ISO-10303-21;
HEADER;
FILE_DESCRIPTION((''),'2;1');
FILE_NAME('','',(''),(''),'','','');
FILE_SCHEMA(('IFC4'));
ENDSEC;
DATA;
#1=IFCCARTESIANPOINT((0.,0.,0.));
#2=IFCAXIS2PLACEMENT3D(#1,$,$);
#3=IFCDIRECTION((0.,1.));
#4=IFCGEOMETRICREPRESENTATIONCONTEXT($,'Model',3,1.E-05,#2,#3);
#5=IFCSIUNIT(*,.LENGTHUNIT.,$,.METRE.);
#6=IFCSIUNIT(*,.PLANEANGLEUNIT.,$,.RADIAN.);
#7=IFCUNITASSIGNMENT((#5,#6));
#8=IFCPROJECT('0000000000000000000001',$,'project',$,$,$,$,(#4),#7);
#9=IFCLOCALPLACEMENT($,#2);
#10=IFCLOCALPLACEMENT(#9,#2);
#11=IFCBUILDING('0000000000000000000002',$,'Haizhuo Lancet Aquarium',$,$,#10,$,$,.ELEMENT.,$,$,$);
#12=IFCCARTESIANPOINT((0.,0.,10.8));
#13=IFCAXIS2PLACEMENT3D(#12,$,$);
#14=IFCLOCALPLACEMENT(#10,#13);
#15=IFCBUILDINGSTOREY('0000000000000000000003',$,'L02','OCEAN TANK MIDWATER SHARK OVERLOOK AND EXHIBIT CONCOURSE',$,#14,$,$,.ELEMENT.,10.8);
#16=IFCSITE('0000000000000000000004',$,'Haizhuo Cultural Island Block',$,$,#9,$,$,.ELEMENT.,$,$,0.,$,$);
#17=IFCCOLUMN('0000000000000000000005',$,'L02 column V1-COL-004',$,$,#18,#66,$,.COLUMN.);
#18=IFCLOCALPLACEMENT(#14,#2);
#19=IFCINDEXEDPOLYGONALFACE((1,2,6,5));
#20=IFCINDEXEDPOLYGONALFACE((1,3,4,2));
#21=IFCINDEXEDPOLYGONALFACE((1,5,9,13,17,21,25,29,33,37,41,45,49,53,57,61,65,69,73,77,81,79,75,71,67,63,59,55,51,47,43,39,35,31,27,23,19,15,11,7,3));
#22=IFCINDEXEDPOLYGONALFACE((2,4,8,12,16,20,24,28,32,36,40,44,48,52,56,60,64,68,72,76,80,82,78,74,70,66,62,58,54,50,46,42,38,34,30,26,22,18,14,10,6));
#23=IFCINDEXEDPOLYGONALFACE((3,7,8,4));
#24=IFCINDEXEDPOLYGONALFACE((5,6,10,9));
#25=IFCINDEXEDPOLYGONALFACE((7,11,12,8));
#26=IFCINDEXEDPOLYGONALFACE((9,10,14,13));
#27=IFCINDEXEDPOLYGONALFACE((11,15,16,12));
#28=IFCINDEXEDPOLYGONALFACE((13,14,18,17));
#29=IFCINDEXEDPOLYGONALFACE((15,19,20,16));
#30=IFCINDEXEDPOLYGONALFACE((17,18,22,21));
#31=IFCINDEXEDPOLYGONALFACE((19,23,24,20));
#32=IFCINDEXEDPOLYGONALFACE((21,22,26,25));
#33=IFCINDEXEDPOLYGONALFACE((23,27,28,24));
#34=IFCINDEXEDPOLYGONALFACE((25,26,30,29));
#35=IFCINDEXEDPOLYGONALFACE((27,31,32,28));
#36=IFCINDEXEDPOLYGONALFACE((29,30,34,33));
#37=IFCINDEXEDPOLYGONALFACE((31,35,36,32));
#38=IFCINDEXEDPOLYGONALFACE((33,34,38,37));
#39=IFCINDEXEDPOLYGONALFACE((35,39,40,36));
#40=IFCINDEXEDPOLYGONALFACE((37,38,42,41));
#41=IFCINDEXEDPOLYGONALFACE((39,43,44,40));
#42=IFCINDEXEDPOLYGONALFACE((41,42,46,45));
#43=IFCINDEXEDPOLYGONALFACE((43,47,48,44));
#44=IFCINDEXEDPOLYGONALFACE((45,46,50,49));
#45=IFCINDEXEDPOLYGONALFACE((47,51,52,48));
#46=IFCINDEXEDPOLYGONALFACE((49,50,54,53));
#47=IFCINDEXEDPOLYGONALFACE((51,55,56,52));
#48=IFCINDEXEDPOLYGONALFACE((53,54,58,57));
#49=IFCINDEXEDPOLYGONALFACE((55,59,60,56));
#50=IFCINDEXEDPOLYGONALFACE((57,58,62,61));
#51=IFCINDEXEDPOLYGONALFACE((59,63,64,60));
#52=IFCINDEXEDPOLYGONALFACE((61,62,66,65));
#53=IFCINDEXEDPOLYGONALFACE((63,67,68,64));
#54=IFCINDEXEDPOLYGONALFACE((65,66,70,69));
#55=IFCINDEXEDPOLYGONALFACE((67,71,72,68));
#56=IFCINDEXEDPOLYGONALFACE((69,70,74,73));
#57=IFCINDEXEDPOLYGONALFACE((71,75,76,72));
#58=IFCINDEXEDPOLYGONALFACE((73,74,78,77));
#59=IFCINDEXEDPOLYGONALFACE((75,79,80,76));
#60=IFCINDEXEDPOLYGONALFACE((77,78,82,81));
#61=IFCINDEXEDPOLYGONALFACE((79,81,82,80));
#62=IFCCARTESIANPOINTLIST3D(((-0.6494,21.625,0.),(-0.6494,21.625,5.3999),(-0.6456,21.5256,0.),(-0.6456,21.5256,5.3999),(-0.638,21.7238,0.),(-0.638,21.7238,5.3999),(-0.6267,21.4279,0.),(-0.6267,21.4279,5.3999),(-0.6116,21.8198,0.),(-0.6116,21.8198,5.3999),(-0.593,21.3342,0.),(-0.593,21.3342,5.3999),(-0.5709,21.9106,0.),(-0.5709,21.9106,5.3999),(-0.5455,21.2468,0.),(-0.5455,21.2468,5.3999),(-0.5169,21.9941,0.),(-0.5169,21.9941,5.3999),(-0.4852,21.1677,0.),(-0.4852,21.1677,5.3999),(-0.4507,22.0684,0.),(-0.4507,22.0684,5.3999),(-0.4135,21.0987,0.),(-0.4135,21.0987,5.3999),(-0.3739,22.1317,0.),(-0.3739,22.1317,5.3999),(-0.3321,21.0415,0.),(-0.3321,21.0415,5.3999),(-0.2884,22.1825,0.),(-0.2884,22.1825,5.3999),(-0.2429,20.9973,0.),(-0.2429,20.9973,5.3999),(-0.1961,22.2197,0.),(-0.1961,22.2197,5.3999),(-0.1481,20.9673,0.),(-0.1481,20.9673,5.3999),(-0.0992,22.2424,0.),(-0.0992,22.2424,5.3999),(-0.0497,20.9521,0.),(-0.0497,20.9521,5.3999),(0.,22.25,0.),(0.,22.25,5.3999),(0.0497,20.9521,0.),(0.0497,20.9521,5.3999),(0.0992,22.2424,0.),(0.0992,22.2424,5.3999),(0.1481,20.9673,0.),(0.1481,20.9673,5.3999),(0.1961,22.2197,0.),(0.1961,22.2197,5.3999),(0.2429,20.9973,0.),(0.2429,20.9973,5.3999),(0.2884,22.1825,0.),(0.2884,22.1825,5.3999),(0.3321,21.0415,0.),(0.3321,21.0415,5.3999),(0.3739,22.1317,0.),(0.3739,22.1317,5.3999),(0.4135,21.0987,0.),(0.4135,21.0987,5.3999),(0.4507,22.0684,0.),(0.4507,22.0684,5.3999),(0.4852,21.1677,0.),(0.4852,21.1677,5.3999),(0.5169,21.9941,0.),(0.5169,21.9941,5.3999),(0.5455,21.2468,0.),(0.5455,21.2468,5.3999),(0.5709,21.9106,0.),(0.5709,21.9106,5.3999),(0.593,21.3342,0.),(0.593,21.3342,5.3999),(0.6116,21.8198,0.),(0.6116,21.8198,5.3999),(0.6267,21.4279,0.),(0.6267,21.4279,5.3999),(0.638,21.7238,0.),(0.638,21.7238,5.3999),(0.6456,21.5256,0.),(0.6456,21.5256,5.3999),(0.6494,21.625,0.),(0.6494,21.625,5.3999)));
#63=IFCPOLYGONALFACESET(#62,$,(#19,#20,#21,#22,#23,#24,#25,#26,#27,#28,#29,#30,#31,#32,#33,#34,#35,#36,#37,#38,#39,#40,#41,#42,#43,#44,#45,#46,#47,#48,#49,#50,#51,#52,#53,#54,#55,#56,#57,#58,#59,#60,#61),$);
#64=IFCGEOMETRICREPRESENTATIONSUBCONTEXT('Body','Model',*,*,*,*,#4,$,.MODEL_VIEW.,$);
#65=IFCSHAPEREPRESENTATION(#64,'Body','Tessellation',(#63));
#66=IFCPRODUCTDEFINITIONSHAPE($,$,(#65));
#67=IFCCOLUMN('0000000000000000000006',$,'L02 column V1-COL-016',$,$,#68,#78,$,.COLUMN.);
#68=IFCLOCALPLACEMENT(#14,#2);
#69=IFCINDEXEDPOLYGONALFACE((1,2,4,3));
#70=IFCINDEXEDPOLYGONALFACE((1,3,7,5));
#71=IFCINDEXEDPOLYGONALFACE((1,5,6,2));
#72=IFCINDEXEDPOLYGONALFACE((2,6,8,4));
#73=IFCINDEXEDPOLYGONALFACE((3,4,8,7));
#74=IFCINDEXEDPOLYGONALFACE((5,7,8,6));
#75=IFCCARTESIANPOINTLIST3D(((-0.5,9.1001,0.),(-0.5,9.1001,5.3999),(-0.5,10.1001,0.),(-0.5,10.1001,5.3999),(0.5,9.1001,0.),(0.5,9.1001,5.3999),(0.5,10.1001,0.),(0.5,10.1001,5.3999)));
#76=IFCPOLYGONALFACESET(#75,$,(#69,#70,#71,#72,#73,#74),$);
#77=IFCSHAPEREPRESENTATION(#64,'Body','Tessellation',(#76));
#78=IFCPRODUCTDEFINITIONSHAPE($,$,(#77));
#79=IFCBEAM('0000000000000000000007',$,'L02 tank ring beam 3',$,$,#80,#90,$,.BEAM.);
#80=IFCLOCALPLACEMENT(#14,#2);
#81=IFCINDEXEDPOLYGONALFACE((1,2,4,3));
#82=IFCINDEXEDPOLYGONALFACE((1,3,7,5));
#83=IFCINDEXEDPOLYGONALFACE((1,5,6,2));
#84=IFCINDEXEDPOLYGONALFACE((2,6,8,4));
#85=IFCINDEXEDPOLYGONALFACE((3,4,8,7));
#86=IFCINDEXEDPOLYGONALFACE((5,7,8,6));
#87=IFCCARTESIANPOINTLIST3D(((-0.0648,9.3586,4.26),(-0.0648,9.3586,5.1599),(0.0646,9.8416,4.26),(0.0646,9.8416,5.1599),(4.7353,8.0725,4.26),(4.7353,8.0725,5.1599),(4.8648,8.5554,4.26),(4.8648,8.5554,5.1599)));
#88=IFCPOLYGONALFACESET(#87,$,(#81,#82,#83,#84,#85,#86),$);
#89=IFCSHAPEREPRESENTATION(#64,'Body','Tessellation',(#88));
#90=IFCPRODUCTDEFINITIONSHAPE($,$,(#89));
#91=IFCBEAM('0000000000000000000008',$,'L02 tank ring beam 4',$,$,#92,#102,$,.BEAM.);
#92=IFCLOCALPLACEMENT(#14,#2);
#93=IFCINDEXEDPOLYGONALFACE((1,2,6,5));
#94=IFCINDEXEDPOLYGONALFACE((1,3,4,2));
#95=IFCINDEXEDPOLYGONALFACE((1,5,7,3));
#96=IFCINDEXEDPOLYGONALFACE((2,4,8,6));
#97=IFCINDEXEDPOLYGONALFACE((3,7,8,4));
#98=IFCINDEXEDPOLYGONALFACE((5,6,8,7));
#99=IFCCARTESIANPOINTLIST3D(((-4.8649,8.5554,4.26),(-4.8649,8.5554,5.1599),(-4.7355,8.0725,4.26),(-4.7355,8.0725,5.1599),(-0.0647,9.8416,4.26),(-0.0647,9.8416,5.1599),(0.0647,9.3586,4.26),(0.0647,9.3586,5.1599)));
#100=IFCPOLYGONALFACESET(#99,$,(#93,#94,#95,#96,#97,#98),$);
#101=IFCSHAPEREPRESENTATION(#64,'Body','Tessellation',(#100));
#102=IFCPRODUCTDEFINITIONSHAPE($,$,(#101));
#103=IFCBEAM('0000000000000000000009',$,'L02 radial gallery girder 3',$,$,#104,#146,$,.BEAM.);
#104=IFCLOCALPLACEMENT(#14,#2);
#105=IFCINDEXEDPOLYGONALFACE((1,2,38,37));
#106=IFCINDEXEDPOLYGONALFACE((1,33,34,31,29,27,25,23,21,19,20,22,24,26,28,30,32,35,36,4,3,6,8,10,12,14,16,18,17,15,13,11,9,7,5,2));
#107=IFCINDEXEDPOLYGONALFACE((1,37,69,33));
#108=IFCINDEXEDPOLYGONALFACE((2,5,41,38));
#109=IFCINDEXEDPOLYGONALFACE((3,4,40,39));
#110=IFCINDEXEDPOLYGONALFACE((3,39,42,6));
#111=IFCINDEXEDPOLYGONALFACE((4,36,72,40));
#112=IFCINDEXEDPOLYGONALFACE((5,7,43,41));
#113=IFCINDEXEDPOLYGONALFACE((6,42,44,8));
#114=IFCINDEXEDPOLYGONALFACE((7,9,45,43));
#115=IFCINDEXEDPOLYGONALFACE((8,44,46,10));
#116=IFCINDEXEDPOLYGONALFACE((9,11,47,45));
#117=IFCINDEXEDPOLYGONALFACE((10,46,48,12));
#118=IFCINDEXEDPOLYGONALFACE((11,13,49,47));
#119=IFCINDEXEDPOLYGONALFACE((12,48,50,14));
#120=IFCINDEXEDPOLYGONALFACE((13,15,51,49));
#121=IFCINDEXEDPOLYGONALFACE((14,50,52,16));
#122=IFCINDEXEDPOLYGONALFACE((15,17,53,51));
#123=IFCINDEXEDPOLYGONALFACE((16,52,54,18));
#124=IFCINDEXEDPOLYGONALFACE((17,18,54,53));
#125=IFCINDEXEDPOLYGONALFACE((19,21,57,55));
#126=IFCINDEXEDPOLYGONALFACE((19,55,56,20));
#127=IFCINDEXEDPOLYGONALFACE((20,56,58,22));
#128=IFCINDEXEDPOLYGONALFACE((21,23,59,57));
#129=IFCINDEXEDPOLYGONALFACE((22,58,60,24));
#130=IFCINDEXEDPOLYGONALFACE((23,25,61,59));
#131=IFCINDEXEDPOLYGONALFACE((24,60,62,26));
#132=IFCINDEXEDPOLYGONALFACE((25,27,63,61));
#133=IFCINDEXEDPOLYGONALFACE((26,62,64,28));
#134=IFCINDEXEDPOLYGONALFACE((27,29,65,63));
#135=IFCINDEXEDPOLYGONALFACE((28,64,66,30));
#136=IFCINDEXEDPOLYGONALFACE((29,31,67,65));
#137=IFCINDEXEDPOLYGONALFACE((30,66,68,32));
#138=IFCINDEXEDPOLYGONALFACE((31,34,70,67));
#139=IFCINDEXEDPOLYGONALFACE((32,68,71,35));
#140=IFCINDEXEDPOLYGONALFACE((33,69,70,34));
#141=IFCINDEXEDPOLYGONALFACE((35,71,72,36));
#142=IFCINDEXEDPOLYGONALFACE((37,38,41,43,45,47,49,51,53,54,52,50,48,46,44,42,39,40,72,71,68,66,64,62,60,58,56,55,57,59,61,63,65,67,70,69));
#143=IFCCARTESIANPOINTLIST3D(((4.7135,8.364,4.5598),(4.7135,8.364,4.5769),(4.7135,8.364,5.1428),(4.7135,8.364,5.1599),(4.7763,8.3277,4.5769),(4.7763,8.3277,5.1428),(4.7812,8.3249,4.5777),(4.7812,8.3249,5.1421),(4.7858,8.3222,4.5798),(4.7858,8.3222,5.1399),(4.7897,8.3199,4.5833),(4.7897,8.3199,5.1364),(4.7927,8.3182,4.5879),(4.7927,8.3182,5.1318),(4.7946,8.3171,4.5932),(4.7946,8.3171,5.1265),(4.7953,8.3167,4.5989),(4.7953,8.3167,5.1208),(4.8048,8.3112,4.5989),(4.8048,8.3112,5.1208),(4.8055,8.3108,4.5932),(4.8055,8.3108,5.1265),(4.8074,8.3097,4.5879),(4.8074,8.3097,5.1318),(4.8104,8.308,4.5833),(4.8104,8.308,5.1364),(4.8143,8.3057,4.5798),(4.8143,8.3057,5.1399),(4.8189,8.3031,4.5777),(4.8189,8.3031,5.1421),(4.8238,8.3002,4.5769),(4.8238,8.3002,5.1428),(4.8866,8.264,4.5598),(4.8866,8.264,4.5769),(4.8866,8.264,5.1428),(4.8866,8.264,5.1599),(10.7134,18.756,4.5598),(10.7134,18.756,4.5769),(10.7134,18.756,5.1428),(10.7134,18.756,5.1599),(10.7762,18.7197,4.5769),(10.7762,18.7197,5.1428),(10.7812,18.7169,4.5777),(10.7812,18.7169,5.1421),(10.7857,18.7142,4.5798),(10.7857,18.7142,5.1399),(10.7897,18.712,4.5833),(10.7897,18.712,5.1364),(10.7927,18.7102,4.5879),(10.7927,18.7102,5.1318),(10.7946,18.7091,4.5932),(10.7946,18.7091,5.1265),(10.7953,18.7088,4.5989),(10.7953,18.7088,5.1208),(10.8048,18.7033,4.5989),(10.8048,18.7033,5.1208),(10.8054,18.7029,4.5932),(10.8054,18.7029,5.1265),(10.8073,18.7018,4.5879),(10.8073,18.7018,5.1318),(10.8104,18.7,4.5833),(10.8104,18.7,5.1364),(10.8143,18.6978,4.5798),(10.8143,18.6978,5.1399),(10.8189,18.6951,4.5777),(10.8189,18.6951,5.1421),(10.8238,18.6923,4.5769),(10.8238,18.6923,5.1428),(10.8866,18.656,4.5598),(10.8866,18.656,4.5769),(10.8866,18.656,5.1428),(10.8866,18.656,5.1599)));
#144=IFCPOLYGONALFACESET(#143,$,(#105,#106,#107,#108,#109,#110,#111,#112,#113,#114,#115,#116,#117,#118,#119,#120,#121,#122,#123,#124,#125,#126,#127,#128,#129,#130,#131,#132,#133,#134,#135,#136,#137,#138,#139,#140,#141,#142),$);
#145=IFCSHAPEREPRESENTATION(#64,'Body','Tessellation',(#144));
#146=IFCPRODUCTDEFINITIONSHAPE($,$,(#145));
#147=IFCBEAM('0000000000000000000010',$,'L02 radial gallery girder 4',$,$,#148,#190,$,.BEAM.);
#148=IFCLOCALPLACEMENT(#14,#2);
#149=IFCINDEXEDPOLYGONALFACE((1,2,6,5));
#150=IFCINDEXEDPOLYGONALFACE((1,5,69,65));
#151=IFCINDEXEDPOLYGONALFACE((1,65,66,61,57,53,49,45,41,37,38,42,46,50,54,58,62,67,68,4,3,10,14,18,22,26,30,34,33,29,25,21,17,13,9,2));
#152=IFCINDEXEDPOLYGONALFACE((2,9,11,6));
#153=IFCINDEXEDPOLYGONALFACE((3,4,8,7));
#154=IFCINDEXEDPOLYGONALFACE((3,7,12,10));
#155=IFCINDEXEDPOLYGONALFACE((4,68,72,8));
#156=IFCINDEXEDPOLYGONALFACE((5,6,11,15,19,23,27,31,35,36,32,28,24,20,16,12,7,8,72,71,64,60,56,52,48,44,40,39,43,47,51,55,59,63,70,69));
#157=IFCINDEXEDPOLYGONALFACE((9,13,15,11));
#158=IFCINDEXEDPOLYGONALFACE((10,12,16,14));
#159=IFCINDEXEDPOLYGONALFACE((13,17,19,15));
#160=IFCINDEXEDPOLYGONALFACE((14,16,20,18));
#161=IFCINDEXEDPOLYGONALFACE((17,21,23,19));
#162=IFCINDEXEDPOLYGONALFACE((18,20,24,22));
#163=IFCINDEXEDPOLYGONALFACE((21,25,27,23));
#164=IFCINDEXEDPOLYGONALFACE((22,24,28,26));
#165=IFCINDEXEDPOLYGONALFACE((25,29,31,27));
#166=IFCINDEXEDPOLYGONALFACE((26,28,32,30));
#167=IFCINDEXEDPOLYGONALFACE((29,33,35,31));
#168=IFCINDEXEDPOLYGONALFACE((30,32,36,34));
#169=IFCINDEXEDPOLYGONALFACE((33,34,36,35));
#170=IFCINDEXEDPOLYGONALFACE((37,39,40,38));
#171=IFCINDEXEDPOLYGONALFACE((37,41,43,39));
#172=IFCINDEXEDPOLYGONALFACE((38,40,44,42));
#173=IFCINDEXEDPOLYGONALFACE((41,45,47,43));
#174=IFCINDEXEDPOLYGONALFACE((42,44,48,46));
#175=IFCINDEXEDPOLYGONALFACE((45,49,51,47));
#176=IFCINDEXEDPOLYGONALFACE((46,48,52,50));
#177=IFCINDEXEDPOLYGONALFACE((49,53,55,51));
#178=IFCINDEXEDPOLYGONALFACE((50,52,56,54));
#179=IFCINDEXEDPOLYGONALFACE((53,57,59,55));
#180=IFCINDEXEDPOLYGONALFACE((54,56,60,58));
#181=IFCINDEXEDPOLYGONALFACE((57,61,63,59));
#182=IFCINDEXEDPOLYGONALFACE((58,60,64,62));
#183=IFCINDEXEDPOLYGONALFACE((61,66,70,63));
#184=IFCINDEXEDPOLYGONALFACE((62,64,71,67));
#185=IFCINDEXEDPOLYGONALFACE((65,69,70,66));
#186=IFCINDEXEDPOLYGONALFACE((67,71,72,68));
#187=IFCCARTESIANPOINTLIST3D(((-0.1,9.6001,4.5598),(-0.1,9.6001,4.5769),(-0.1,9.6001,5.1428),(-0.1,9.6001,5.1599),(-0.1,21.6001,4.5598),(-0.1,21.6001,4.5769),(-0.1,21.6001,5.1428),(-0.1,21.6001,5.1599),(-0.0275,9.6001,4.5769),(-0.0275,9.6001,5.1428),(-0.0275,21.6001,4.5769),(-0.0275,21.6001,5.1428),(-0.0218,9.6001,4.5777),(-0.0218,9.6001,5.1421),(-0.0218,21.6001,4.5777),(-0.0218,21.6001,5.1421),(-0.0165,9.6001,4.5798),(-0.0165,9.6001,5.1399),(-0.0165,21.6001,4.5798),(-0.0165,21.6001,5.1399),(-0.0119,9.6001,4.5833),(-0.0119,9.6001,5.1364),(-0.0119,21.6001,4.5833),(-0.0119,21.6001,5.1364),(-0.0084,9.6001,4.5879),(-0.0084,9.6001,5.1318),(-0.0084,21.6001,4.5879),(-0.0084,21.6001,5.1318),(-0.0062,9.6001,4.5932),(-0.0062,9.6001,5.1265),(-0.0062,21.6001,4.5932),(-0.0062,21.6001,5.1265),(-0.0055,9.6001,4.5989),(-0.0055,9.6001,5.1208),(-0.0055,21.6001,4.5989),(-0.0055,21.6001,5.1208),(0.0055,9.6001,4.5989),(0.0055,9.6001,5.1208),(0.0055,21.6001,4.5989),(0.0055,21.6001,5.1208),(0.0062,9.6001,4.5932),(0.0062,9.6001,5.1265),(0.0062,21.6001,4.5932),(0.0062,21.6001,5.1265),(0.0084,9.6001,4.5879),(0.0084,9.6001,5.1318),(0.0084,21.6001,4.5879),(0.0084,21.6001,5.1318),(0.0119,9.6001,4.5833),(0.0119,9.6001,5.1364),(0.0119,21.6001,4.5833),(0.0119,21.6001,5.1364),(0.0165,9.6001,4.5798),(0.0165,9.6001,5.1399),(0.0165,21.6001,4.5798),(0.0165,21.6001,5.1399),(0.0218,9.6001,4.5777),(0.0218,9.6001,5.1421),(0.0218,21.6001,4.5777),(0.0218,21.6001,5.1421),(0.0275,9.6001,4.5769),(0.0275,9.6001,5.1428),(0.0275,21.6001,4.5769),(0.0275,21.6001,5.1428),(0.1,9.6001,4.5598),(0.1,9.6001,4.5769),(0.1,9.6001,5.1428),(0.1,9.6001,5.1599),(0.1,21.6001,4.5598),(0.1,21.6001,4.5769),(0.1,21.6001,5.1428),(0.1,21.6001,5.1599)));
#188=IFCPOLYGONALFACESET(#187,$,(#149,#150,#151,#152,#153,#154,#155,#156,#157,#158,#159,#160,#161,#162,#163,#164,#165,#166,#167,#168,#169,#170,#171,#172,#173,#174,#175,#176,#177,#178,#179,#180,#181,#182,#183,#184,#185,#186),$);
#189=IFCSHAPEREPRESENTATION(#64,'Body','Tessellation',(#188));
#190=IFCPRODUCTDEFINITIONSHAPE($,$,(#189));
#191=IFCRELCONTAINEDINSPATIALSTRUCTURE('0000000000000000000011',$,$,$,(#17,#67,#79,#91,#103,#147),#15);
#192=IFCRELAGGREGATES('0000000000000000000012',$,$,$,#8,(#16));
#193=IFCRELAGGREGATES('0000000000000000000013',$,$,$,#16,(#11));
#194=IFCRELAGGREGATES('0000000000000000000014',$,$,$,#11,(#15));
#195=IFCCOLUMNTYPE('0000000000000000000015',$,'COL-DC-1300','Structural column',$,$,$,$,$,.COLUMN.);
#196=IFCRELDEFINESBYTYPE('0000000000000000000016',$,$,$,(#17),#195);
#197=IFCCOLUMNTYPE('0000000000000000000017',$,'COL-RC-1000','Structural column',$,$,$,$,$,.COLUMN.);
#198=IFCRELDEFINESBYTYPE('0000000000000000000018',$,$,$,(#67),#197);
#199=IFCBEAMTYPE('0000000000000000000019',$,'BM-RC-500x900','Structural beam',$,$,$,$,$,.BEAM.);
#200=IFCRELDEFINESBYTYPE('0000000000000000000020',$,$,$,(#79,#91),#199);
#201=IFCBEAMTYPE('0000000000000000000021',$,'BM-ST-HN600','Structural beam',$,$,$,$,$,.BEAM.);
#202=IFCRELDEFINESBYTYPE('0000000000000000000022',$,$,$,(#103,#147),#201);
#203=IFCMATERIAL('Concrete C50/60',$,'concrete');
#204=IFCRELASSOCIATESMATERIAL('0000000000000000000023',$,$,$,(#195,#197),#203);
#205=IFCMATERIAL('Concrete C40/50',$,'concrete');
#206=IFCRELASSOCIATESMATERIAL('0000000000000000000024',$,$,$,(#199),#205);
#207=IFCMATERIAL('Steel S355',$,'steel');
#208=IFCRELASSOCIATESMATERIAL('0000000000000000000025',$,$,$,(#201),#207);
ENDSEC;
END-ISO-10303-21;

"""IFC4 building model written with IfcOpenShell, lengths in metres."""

from ifc_helpers import new_model, si_unit, direction, frame, origin, origin_2d, place, context, subcontext, project, spatial, rectangle, circle, i_section, extrude, material, material_profile, profile_set, type_object, element, save


model = new_model("IFC4")

# Units and contexts
model_context = context("Model", 3, precision=1e-05, world=origin(), true_north=direction((0.0, 1.0)))
body_context = subcontext(model_context, "Body", "Model", "MODEL_VIEW")
ifc_project = project(units=[si_unit("LENGTHUNIT", "METRE"), si_unit("PLANEANGLEUNIT", "RADIAN")], contexts=[model_context])

# Site, building, storey
site_placement = place(None, origin())
site = spatial("IfcSite", under=ifc_project, at=site_placement, Name="Haizhuo Cultural Island Block", CompositionType="ELEMENT", RefElevation=0.0)
building_placement = place(site_placement, origin())
building = spatial("IfcBuilding", under=site, at=building_placement, Name="Haizhuo Lancet Aquarium", CompositionType="ELEMENT")
storey_placement = place(building_placement, frame((0.0, 0.0, 10.8)))
storey = spatial("IfcBuildingStorey", under=building, at=storey_placement, Name="L02", Description="OCEAN TANK MIDWATER SHARK OVERLOOK AND EXHIBIT CONCOURSE", CompositionType="ELEMENT", Elevation=10.8)

# Columns
ifc_material_1 = material(Name="Concrete C50/60", Category="concrete")
ifc_material_profile_1 = material_profile(ifc_material_1, circle(Radius=0.6499, at=origin_2d()), Name="RC-DC 1300")
ifc_profile_set_1 = profile_set([ifc_material_profile_1], Name="Concrete C50/60")
column_type_1 = type_object("IfcColumnType", Name="COL-DC-1300", Description="Structural column", PredefinedType="COLUMN", material=ifc_profile_set_1)
for number, where, z_axis, x_axis, name in (
    (1, (0.0, 21.6001, 0.0), (0.0, 0.0, 1.0), (0.0, 1.0, 0.0), "L02 column V1-COL-004"),
):
    element("IfcColumn", number, at=place(storey_placement, frame(where, z_axis=z_axis, x_axis=x_axis)), inside=storey, type_object=column_type_1, Name=name, PredefinedType="COLUMN", context=body_context, shape_type="SweptSolid", body=[
        extrude(circle(Radius=0.6499, at=origin_2d()), origin(), (0.0, 0.0, 1.0), 5.3999),
    ])
ifc_material_profile_2 = material_profile(ifc_material_1, rectangle(XDim=1.0, YDim=1.0, at=origin_2d()), Name="RC-COL 1000x1000")
ifc_profile_set_2 = profile_set([ifc_material_profile_2], Name="Concrete C50/60")
column_type_2 = type_object("IfcColumnType", Name="COL-RC-1000", Description="Structural column", PredefinedType="COLUMN", material=ifc_profile_set_2)
column_placement = place(storey_placement, frame((0.0, 9.6001, 0.0), z_axis=(0.0, 0.0, 1.0), x_axis=(0.0, 1.0, 0.0)))
element("IfcColumn", 2, at=column_placement, inside=storey, type_object=column_type_2, Name="L02 column V1-COL-016", PredefinedType="COLUMN", context=body_context, shape_type="SweptSolid", body=[
    extrude(rectangle(XDim=1.0, YDim=1.0, at=origin_2d()), origin(), (0.0, 0.0, 1.0), 5.3999),
])

# Beams
ifc_material_2 = material(Name="Concrete C40/50", Category="concrete")
ifc_material_profile_3 = material_profile(ifc_material_2, rectangle(XDim=0.5, YDim=0.8999, at=origin_2d()), Name="RC-BM 500x900")
ifc_profile_set_3 = profile_set([ifc_material_profile_3], Name="Concrete C40/50")
beam_type_1 = type_object("IfcBeamType", Name="BM-RC-500x900", Description="Structural beam", PredefinedType="BEAM", material=ifc_profile_set_3)
for number, where, z_axis, x_axis, name in (
    (3, (4.8, 8.314, 4.71), (-0.965928, 0.258812, 0.0), (-0.258812, -0.965928, 0.0), "L02 tank ring beam 3"),
    (4, (0.0, 9.6001, 4.71), (-0.965928, -0.258812, 0.0), (0.258812, -0.965928, 0.0), "L02 tank ring beam 4"),
):
    element("IfcBeam", number, at=place(storey_placement, frame(where, z_axis=z_axis, x_axis=x_axis)), inside=storey, type_object=beam_type_1, Name=name, PredefinedType="BEAM", context=body_context, shape_type="SweptSolid", body=[
        extrude(rectangle(XDim=0.5, YDim=0.8999, at=origin_2d()), origin(), (0.0, 0.0, 1.0), 4.9695),
    ])
ifc_material_3 = material(Name="Steel S355", Category="steel")
ifc_material_profile_4 = material_profile(ifc_material_3, i_section(OverallWidth=0.2, OverallDepth=0.6001, WebThickness=0.011, FlangeThickness=0.0171, FilletRadius=0.022, at=origin_2d()), Name="HN 600x200x11x17")
ifc_profile_set_4 = profile_set([ifc_material_profile_4], Name="Steel S355")
beam_type_2 = type_object("IfcBeamType", Name="BM-ST-HN600", Description="Structural beam", PredefinedType="BEAM", material=ifc_profile_set_4)
beam_1_placement = place(storey_placement, frame((4.8, 8.314, 4.8599), z_axis=(0.500008, 0.866021, 0.0), x_axis=(-0.866021, 0.500008, 0.0)))
element("IfcBeam", 5, at=beam_1_placement, inside=storey, type_object=beam_type_2, Name="L02 radial gallery girder 3", PredefinedType="BEAM", context=body_context, shape_type="SweptSolid", body=[
    extrude(i_section(OverallWidth=0.2, OverallDepth=0.6001, WebThickness=0.011, FlangeThickness=0.0171, FilletRadius=0.022, at=origin_2d()), origin(), (0.0, 0.0, 1.0), 11.9998),
])
beam_2_placement = place(storey_placement, frame((0.0, 9.6001, 4.8599), z_axis=(0.0, 1.0, 0.0), x_axis=(-1.0, 0.0, 0.0)))
element("IfcBeam", 6, at=beam_2_placement, inside=storey, type_object=beam_type_2, Name="L02 radial gallery girder 4", PredefinedType="BEAM", context=body_context, shape_type="SweptSolid", body=[
    extrude(i_section(OverallWidth=0.2, OverallDepth=0.6001, WebThickness=0.011, FlangeThickness=0.0171, FilletRadius=0.022, at=origin_2d()), origin(), (0.0, 0.0, 1.0), 12.0),
])

save(model, "model.ifc")
